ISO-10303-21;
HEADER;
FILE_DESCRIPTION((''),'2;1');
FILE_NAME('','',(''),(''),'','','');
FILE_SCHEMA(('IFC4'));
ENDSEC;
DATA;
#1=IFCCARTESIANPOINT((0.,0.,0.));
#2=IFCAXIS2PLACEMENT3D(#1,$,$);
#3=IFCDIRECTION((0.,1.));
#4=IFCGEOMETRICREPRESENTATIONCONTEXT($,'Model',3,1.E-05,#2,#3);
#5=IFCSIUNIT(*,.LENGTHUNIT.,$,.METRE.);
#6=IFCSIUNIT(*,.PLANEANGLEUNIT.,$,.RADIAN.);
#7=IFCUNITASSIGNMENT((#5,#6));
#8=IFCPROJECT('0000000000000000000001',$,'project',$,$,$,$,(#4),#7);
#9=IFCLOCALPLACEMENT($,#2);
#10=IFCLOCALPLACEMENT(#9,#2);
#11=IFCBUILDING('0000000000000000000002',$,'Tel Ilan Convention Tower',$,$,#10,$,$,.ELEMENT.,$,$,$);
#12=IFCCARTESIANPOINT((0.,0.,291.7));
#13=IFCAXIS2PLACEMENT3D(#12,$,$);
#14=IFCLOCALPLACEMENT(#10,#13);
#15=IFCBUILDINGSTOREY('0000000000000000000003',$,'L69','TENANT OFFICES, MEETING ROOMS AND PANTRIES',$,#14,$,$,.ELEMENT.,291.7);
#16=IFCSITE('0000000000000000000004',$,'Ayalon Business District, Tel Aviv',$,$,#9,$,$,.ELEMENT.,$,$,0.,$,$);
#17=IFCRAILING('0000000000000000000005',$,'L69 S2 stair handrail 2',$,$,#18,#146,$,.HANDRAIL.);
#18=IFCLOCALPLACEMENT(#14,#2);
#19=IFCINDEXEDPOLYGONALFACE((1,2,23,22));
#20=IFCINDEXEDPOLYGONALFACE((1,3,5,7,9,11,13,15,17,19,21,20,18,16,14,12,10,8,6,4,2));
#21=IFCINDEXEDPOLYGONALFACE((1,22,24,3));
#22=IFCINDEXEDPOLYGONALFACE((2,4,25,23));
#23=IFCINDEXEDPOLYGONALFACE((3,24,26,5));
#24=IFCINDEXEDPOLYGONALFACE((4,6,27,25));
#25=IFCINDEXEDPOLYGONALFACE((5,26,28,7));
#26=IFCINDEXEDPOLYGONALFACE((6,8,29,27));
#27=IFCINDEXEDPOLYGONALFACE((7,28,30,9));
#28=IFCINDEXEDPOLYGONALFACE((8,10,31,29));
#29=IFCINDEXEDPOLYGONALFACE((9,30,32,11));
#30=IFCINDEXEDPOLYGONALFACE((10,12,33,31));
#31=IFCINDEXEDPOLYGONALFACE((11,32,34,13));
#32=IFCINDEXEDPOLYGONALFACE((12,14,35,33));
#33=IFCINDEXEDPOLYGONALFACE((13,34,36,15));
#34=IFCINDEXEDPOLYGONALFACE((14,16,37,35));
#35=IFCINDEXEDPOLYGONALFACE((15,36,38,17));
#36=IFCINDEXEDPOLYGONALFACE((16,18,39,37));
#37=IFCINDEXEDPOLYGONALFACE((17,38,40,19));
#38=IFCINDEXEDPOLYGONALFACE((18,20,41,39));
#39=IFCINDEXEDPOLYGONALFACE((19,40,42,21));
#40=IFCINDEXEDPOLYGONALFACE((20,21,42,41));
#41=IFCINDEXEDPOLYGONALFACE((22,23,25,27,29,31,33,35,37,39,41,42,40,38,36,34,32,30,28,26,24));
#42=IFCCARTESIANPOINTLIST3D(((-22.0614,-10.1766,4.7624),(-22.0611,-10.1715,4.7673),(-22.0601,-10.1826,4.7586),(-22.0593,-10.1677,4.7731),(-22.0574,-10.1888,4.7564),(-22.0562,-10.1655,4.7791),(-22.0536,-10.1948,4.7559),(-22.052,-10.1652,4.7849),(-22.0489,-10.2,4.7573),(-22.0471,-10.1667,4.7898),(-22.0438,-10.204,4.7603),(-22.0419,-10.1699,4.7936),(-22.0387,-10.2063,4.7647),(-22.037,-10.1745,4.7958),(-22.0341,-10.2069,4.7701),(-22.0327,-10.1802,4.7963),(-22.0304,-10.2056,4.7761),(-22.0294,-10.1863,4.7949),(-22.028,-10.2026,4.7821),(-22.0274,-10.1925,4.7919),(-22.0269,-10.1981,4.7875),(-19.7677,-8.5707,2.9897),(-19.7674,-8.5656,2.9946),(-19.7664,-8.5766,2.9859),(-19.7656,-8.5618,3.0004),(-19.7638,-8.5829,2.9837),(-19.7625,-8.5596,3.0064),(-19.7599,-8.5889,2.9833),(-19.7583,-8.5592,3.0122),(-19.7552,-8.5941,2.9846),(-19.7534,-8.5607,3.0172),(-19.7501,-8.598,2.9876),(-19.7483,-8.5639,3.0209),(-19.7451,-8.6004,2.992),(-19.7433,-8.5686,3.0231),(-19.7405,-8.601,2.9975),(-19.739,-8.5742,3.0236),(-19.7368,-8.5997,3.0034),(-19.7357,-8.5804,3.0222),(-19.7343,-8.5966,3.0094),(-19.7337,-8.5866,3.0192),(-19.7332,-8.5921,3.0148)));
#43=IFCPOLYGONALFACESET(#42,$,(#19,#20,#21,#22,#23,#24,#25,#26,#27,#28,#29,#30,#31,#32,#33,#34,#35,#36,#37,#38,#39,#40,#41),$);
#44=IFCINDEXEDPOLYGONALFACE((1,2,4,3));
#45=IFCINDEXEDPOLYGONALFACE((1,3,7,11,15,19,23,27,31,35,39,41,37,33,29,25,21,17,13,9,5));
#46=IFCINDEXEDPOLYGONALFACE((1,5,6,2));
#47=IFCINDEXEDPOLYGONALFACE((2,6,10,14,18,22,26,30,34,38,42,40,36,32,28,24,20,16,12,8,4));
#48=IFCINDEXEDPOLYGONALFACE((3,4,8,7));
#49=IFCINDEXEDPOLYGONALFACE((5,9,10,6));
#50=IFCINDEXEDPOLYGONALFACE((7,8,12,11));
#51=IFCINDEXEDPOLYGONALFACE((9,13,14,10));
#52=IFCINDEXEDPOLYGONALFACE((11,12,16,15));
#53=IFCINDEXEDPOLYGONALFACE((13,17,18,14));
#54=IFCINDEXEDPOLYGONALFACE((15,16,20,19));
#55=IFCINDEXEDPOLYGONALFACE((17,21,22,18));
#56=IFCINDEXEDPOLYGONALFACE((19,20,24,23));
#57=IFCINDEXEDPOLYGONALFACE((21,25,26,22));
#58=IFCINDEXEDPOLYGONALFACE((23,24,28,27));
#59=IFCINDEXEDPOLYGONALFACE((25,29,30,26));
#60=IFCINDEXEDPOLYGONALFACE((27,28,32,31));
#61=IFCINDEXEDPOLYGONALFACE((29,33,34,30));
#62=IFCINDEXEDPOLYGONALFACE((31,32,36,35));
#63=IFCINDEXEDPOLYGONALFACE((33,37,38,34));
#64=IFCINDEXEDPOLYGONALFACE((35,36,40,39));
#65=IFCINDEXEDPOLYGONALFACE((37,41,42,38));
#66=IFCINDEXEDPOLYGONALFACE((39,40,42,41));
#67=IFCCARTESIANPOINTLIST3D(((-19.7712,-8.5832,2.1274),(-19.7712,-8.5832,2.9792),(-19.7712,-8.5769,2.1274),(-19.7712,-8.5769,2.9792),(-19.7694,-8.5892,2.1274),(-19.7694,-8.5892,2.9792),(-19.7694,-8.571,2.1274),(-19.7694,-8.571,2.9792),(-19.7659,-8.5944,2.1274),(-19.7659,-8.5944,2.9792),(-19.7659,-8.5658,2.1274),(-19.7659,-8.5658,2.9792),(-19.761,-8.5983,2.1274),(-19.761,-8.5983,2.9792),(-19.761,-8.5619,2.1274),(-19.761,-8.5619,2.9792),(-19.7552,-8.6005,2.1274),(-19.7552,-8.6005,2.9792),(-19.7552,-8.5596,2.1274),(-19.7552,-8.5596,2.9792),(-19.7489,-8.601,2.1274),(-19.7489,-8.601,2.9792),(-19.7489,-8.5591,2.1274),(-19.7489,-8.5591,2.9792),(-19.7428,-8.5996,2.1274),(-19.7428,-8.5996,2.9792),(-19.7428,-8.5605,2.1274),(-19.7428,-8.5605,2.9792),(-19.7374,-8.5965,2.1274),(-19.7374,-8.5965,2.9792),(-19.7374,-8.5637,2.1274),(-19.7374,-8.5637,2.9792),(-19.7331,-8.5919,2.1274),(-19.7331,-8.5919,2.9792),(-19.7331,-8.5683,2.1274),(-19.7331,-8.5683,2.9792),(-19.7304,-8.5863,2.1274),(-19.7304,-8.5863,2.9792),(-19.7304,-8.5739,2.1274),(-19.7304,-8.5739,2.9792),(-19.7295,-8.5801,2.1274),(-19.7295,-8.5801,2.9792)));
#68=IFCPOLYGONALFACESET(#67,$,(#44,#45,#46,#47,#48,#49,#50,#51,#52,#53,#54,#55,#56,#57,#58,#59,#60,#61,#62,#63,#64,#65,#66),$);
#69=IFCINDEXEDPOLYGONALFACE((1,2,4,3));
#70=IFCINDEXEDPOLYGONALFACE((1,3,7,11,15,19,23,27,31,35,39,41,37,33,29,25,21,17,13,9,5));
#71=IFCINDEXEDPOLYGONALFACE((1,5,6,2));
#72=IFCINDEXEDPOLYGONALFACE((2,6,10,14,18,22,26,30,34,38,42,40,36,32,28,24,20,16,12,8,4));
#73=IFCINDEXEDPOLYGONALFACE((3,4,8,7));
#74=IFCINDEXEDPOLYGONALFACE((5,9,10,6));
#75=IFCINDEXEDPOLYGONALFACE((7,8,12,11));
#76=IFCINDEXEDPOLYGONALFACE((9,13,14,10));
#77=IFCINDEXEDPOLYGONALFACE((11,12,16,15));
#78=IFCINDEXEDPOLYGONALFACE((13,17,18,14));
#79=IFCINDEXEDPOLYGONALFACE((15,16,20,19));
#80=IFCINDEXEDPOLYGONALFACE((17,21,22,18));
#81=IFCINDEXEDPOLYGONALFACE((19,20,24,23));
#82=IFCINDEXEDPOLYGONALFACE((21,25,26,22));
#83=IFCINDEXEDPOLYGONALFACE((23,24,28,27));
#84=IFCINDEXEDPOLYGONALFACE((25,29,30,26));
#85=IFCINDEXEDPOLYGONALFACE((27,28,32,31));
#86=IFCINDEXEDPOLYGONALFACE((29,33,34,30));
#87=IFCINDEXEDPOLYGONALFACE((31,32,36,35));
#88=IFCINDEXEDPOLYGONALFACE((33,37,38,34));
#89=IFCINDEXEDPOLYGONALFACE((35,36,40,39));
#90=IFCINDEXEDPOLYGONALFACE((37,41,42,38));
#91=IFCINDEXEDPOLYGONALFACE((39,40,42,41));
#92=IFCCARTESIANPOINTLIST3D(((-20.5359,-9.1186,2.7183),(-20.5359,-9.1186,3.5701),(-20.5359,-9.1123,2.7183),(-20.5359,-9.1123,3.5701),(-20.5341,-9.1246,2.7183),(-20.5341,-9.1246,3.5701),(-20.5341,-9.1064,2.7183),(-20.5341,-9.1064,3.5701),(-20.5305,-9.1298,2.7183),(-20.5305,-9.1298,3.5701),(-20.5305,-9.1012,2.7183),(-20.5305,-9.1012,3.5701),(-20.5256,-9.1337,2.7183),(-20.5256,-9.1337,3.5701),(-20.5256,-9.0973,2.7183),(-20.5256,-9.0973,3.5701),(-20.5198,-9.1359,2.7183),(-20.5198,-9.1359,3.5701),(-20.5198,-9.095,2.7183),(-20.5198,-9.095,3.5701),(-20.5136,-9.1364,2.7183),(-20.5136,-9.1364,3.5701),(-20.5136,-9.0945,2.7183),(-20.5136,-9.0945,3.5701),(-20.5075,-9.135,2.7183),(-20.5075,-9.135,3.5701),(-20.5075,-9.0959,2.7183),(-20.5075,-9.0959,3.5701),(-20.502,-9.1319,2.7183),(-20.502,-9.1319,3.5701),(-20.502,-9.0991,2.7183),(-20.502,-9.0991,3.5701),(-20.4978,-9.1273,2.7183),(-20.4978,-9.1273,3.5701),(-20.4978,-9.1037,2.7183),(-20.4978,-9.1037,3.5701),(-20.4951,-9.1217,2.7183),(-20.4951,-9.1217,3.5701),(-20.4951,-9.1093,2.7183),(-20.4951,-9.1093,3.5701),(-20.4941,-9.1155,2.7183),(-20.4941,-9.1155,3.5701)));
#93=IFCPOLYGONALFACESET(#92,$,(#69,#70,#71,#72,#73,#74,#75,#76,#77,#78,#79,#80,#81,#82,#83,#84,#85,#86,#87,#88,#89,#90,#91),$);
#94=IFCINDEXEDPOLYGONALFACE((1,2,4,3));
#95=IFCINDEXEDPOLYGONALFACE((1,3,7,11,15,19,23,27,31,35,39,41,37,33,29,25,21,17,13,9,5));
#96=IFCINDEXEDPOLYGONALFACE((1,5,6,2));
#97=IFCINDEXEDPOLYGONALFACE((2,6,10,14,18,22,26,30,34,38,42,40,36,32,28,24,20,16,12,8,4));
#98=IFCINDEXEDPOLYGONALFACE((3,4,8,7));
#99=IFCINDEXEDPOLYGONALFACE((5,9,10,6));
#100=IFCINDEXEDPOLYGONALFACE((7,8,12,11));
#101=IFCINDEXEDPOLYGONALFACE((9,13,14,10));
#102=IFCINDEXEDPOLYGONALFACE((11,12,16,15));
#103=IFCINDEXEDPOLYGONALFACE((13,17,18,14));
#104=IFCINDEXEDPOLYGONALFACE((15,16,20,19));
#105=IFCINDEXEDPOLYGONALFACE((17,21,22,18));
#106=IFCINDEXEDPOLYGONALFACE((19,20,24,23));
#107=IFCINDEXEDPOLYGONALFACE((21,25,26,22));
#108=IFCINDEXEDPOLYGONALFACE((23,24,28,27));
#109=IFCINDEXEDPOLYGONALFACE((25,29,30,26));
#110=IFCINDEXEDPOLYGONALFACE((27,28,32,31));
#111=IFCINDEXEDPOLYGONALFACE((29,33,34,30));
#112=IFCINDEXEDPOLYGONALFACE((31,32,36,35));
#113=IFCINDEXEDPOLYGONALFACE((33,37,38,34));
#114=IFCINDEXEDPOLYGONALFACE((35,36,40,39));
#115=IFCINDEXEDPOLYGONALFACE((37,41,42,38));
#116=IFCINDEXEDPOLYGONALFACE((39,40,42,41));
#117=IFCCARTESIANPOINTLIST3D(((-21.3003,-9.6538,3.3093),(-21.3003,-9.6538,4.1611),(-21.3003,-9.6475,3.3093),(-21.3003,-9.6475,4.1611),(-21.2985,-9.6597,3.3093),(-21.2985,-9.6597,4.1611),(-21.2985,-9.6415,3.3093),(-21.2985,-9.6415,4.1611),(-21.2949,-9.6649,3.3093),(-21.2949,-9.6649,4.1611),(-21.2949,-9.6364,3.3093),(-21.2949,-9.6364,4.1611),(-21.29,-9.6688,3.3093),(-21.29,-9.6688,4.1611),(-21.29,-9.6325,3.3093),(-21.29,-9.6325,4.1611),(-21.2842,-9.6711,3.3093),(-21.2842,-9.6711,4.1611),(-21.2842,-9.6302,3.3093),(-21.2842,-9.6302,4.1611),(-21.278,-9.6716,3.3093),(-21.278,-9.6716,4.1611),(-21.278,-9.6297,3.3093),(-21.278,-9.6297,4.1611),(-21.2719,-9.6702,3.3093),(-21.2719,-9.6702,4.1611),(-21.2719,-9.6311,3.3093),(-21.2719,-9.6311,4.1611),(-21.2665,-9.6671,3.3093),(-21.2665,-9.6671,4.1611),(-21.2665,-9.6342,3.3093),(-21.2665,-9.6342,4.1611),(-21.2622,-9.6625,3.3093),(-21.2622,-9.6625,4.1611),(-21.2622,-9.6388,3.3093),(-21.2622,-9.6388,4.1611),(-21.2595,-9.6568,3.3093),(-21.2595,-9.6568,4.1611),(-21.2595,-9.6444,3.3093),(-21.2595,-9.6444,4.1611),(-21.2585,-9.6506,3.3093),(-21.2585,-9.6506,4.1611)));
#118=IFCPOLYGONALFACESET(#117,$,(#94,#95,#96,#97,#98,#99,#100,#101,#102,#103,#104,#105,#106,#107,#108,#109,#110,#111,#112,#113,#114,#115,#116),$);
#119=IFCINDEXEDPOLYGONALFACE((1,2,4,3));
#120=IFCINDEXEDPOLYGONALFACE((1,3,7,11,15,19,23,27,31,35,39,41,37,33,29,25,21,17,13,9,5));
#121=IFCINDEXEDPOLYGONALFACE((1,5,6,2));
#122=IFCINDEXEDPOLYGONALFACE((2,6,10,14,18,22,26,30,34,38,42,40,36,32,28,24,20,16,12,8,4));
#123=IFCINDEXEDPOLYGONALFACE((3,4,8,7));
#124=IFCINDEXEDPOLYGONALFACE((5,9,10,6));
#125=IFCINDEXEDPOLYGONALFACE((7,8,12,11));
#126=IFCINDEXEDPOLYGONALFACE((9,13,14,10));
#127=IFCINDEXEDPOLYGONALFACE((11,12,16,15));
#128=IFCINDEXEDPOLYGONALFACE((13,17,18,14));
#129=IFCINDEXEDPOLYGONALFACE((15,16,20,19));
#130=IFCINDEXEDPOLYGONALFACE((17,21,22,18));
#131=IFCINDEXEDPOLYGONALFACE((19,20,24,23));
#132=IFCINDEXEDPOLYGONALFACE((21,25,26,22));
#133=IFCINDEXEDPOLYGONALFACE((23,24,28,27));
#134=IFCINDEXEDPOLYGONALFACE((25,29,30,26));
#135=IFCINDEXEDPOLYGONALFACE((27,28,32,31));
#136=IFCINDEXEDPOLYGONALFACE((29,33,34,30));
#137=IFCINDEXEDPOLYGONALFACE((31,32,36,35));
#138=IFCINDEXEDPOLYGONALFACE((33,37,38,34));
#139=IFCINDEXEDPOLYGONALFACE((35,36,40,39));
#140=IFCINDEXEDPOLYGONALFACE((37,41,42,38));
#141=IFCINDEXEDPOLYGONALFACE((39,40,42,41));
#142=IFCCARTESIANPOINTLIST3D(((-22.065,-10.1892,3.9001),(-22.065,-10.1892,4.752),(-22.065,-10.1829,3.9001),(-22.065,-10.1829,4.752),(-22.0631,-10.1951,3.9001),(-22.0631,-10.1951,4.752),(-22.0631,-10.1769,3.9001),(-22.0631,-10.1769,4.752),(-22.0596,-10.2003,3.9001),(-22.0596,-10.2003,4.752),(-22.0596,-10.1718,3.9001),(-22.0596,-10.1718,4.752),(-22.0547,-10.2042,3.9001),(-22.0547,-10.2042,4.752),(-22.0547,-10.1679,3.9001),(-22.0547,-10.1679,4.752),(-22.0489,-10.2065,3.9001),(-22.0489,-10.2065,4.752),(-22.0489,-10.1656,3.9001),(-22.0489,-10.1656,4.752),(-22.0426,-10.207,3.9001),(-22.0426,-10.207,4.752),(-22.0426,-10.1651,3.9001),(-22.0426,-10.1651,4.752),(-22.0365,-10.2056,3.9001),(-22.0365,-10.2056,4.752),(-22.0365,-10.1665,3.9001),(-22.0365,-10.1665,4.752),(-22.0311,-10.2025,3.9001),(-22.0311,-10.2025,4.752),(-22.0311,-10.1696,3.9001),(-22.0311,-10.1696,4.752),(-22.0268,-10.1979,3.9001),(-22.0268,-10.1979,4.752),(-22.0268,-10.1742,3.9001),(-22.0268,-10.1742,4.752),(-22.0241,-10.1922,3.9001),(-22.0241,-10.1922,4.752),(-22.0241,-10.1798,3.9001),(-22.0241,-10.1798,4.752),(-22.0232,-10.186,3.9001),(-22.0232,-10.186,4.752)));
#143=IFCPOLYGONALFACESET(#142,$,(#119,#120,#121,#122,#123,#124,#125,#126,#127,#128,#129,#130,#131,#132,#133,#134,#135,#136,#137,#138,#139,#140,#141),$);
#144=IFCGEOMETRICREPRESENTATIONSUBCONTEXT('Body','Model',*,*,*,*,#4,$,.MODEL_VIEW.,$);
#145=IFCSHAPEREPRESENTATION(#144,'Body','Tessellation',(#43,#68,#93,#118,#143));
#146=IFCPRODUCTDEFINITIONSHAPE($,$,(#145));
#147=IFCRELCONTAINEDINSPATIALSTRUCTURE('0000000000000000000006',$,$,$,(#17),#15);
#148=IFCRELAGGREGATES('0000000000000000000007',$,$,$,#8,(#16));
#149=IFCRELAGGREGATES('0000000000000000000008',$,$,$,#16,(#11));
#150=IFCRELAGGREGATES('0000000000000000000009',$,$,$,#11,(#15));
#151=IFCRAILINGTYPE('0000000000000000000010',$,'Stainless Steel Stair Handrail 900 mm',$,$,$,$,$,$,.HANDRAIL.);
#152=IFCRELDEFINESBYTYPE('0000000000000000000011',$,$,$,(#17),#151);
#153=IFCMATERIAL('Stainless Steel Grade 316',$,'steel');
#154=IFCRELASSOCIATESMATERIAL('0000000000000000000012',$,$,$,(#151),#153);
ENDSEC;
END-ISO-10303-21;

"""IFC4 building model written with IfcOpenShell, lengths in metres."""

from ifc_helpers import new_model, si_unit, direction, frame, origin, origin_2d, place, context, subcontext, project, spatial, circle, extrude, material, type_object, element, save


model = new_model("IFC4")

# Units and contexts
model_context = context("Model", 3, precision=1e-05, world=origin(), true_north=direction((0.0, 1.0)))
body_context = subcontext(model_context, "Body", "Model", "MODEL_VIEW")
ifc_project = project(units=[si_unit("LENGTHUNIT", "METRE"), si_unit("PLANEANGLEUNIT", "RADIAN")], contexts=[model_context])

# Site, building, storey
site_placement = place(None, origin())
site = spatial("IfcSite", under=ifc_project, at=site_placement, Name="Ayalon Business District, Tel Aviv", CompositionType="ELEMENT", RefElevation=0.0)
building_placement = place(site_placement, origin())
building = spatial("IfcBuilding", under=site, at=building_placement, Name="Tel Ilan Convention Tower", CompositionType="ELEMENT")
storey_placement = place(building_placement, frame((0.0, 0.0, 291.7)))
storey = spatial("IfcBuildingStorey", under=building, at=storey_placement, Name="L69", Description="TENANT OFFICES, MEETING ROOMS AND PANTRIES", CompositionType="ELEMENT", Elevation=291.7)

# Railing
ifc_material_1 = material(Name="Stainless Steel Grade 316", Category="steel")
railing_type_1 = type_object("IfcRailingType", Name="Stainless Steel Stair Handrail 900 mm", PredefinedType="HANDRAIL", material=ifc_material_1)
for number, where, name in (
    (1, (-19.7505, -8.5801, 2.1274), "L69 S2 stair handrail 2"),
):
    element("IfcRailing", number, at=place(storey_placement, frame(where)), inside=storey, type_object=railing_type_1, Name=name, PredefinedType="HANDRAIL", context=body_context, shape_type="SweptSolid", body=[
        extrude(circle(Radius=0.0239, at=origin_2d()), frame((0.0, 0.0, 0.876), z_axis=(-0.692123, -0.484597, 0.534913), x_axis=(0.57355, -0.81917, 0.0)), (0.0, 0.0, 1.0), 3.314),
        extrude(circle(Radius=0.021, at=origin_2d()), origin(), (0.0, 0.0, 1.0), 0.8518),
        extrude(circle(Radius=0.021, at=origin_2d()), frame((-0.7646, -0.5354, 0.5908)), (0.0, 0.0, 1.0), 0.8518),
        extrude(circle(Radius=0.021, at=origin_2d()), frame((-1.5291, -1.0706, 1.1819)), (0.0, 0.0, 1.0), 0.8518),
        extrude(circle(Radius=0.021, at=origin_2d()), frame((-2.2937, -1.606, 1.7727)), (0.0, 0.0, 1.0), 0.8518),
    ])

save(model, "model.ifc")
